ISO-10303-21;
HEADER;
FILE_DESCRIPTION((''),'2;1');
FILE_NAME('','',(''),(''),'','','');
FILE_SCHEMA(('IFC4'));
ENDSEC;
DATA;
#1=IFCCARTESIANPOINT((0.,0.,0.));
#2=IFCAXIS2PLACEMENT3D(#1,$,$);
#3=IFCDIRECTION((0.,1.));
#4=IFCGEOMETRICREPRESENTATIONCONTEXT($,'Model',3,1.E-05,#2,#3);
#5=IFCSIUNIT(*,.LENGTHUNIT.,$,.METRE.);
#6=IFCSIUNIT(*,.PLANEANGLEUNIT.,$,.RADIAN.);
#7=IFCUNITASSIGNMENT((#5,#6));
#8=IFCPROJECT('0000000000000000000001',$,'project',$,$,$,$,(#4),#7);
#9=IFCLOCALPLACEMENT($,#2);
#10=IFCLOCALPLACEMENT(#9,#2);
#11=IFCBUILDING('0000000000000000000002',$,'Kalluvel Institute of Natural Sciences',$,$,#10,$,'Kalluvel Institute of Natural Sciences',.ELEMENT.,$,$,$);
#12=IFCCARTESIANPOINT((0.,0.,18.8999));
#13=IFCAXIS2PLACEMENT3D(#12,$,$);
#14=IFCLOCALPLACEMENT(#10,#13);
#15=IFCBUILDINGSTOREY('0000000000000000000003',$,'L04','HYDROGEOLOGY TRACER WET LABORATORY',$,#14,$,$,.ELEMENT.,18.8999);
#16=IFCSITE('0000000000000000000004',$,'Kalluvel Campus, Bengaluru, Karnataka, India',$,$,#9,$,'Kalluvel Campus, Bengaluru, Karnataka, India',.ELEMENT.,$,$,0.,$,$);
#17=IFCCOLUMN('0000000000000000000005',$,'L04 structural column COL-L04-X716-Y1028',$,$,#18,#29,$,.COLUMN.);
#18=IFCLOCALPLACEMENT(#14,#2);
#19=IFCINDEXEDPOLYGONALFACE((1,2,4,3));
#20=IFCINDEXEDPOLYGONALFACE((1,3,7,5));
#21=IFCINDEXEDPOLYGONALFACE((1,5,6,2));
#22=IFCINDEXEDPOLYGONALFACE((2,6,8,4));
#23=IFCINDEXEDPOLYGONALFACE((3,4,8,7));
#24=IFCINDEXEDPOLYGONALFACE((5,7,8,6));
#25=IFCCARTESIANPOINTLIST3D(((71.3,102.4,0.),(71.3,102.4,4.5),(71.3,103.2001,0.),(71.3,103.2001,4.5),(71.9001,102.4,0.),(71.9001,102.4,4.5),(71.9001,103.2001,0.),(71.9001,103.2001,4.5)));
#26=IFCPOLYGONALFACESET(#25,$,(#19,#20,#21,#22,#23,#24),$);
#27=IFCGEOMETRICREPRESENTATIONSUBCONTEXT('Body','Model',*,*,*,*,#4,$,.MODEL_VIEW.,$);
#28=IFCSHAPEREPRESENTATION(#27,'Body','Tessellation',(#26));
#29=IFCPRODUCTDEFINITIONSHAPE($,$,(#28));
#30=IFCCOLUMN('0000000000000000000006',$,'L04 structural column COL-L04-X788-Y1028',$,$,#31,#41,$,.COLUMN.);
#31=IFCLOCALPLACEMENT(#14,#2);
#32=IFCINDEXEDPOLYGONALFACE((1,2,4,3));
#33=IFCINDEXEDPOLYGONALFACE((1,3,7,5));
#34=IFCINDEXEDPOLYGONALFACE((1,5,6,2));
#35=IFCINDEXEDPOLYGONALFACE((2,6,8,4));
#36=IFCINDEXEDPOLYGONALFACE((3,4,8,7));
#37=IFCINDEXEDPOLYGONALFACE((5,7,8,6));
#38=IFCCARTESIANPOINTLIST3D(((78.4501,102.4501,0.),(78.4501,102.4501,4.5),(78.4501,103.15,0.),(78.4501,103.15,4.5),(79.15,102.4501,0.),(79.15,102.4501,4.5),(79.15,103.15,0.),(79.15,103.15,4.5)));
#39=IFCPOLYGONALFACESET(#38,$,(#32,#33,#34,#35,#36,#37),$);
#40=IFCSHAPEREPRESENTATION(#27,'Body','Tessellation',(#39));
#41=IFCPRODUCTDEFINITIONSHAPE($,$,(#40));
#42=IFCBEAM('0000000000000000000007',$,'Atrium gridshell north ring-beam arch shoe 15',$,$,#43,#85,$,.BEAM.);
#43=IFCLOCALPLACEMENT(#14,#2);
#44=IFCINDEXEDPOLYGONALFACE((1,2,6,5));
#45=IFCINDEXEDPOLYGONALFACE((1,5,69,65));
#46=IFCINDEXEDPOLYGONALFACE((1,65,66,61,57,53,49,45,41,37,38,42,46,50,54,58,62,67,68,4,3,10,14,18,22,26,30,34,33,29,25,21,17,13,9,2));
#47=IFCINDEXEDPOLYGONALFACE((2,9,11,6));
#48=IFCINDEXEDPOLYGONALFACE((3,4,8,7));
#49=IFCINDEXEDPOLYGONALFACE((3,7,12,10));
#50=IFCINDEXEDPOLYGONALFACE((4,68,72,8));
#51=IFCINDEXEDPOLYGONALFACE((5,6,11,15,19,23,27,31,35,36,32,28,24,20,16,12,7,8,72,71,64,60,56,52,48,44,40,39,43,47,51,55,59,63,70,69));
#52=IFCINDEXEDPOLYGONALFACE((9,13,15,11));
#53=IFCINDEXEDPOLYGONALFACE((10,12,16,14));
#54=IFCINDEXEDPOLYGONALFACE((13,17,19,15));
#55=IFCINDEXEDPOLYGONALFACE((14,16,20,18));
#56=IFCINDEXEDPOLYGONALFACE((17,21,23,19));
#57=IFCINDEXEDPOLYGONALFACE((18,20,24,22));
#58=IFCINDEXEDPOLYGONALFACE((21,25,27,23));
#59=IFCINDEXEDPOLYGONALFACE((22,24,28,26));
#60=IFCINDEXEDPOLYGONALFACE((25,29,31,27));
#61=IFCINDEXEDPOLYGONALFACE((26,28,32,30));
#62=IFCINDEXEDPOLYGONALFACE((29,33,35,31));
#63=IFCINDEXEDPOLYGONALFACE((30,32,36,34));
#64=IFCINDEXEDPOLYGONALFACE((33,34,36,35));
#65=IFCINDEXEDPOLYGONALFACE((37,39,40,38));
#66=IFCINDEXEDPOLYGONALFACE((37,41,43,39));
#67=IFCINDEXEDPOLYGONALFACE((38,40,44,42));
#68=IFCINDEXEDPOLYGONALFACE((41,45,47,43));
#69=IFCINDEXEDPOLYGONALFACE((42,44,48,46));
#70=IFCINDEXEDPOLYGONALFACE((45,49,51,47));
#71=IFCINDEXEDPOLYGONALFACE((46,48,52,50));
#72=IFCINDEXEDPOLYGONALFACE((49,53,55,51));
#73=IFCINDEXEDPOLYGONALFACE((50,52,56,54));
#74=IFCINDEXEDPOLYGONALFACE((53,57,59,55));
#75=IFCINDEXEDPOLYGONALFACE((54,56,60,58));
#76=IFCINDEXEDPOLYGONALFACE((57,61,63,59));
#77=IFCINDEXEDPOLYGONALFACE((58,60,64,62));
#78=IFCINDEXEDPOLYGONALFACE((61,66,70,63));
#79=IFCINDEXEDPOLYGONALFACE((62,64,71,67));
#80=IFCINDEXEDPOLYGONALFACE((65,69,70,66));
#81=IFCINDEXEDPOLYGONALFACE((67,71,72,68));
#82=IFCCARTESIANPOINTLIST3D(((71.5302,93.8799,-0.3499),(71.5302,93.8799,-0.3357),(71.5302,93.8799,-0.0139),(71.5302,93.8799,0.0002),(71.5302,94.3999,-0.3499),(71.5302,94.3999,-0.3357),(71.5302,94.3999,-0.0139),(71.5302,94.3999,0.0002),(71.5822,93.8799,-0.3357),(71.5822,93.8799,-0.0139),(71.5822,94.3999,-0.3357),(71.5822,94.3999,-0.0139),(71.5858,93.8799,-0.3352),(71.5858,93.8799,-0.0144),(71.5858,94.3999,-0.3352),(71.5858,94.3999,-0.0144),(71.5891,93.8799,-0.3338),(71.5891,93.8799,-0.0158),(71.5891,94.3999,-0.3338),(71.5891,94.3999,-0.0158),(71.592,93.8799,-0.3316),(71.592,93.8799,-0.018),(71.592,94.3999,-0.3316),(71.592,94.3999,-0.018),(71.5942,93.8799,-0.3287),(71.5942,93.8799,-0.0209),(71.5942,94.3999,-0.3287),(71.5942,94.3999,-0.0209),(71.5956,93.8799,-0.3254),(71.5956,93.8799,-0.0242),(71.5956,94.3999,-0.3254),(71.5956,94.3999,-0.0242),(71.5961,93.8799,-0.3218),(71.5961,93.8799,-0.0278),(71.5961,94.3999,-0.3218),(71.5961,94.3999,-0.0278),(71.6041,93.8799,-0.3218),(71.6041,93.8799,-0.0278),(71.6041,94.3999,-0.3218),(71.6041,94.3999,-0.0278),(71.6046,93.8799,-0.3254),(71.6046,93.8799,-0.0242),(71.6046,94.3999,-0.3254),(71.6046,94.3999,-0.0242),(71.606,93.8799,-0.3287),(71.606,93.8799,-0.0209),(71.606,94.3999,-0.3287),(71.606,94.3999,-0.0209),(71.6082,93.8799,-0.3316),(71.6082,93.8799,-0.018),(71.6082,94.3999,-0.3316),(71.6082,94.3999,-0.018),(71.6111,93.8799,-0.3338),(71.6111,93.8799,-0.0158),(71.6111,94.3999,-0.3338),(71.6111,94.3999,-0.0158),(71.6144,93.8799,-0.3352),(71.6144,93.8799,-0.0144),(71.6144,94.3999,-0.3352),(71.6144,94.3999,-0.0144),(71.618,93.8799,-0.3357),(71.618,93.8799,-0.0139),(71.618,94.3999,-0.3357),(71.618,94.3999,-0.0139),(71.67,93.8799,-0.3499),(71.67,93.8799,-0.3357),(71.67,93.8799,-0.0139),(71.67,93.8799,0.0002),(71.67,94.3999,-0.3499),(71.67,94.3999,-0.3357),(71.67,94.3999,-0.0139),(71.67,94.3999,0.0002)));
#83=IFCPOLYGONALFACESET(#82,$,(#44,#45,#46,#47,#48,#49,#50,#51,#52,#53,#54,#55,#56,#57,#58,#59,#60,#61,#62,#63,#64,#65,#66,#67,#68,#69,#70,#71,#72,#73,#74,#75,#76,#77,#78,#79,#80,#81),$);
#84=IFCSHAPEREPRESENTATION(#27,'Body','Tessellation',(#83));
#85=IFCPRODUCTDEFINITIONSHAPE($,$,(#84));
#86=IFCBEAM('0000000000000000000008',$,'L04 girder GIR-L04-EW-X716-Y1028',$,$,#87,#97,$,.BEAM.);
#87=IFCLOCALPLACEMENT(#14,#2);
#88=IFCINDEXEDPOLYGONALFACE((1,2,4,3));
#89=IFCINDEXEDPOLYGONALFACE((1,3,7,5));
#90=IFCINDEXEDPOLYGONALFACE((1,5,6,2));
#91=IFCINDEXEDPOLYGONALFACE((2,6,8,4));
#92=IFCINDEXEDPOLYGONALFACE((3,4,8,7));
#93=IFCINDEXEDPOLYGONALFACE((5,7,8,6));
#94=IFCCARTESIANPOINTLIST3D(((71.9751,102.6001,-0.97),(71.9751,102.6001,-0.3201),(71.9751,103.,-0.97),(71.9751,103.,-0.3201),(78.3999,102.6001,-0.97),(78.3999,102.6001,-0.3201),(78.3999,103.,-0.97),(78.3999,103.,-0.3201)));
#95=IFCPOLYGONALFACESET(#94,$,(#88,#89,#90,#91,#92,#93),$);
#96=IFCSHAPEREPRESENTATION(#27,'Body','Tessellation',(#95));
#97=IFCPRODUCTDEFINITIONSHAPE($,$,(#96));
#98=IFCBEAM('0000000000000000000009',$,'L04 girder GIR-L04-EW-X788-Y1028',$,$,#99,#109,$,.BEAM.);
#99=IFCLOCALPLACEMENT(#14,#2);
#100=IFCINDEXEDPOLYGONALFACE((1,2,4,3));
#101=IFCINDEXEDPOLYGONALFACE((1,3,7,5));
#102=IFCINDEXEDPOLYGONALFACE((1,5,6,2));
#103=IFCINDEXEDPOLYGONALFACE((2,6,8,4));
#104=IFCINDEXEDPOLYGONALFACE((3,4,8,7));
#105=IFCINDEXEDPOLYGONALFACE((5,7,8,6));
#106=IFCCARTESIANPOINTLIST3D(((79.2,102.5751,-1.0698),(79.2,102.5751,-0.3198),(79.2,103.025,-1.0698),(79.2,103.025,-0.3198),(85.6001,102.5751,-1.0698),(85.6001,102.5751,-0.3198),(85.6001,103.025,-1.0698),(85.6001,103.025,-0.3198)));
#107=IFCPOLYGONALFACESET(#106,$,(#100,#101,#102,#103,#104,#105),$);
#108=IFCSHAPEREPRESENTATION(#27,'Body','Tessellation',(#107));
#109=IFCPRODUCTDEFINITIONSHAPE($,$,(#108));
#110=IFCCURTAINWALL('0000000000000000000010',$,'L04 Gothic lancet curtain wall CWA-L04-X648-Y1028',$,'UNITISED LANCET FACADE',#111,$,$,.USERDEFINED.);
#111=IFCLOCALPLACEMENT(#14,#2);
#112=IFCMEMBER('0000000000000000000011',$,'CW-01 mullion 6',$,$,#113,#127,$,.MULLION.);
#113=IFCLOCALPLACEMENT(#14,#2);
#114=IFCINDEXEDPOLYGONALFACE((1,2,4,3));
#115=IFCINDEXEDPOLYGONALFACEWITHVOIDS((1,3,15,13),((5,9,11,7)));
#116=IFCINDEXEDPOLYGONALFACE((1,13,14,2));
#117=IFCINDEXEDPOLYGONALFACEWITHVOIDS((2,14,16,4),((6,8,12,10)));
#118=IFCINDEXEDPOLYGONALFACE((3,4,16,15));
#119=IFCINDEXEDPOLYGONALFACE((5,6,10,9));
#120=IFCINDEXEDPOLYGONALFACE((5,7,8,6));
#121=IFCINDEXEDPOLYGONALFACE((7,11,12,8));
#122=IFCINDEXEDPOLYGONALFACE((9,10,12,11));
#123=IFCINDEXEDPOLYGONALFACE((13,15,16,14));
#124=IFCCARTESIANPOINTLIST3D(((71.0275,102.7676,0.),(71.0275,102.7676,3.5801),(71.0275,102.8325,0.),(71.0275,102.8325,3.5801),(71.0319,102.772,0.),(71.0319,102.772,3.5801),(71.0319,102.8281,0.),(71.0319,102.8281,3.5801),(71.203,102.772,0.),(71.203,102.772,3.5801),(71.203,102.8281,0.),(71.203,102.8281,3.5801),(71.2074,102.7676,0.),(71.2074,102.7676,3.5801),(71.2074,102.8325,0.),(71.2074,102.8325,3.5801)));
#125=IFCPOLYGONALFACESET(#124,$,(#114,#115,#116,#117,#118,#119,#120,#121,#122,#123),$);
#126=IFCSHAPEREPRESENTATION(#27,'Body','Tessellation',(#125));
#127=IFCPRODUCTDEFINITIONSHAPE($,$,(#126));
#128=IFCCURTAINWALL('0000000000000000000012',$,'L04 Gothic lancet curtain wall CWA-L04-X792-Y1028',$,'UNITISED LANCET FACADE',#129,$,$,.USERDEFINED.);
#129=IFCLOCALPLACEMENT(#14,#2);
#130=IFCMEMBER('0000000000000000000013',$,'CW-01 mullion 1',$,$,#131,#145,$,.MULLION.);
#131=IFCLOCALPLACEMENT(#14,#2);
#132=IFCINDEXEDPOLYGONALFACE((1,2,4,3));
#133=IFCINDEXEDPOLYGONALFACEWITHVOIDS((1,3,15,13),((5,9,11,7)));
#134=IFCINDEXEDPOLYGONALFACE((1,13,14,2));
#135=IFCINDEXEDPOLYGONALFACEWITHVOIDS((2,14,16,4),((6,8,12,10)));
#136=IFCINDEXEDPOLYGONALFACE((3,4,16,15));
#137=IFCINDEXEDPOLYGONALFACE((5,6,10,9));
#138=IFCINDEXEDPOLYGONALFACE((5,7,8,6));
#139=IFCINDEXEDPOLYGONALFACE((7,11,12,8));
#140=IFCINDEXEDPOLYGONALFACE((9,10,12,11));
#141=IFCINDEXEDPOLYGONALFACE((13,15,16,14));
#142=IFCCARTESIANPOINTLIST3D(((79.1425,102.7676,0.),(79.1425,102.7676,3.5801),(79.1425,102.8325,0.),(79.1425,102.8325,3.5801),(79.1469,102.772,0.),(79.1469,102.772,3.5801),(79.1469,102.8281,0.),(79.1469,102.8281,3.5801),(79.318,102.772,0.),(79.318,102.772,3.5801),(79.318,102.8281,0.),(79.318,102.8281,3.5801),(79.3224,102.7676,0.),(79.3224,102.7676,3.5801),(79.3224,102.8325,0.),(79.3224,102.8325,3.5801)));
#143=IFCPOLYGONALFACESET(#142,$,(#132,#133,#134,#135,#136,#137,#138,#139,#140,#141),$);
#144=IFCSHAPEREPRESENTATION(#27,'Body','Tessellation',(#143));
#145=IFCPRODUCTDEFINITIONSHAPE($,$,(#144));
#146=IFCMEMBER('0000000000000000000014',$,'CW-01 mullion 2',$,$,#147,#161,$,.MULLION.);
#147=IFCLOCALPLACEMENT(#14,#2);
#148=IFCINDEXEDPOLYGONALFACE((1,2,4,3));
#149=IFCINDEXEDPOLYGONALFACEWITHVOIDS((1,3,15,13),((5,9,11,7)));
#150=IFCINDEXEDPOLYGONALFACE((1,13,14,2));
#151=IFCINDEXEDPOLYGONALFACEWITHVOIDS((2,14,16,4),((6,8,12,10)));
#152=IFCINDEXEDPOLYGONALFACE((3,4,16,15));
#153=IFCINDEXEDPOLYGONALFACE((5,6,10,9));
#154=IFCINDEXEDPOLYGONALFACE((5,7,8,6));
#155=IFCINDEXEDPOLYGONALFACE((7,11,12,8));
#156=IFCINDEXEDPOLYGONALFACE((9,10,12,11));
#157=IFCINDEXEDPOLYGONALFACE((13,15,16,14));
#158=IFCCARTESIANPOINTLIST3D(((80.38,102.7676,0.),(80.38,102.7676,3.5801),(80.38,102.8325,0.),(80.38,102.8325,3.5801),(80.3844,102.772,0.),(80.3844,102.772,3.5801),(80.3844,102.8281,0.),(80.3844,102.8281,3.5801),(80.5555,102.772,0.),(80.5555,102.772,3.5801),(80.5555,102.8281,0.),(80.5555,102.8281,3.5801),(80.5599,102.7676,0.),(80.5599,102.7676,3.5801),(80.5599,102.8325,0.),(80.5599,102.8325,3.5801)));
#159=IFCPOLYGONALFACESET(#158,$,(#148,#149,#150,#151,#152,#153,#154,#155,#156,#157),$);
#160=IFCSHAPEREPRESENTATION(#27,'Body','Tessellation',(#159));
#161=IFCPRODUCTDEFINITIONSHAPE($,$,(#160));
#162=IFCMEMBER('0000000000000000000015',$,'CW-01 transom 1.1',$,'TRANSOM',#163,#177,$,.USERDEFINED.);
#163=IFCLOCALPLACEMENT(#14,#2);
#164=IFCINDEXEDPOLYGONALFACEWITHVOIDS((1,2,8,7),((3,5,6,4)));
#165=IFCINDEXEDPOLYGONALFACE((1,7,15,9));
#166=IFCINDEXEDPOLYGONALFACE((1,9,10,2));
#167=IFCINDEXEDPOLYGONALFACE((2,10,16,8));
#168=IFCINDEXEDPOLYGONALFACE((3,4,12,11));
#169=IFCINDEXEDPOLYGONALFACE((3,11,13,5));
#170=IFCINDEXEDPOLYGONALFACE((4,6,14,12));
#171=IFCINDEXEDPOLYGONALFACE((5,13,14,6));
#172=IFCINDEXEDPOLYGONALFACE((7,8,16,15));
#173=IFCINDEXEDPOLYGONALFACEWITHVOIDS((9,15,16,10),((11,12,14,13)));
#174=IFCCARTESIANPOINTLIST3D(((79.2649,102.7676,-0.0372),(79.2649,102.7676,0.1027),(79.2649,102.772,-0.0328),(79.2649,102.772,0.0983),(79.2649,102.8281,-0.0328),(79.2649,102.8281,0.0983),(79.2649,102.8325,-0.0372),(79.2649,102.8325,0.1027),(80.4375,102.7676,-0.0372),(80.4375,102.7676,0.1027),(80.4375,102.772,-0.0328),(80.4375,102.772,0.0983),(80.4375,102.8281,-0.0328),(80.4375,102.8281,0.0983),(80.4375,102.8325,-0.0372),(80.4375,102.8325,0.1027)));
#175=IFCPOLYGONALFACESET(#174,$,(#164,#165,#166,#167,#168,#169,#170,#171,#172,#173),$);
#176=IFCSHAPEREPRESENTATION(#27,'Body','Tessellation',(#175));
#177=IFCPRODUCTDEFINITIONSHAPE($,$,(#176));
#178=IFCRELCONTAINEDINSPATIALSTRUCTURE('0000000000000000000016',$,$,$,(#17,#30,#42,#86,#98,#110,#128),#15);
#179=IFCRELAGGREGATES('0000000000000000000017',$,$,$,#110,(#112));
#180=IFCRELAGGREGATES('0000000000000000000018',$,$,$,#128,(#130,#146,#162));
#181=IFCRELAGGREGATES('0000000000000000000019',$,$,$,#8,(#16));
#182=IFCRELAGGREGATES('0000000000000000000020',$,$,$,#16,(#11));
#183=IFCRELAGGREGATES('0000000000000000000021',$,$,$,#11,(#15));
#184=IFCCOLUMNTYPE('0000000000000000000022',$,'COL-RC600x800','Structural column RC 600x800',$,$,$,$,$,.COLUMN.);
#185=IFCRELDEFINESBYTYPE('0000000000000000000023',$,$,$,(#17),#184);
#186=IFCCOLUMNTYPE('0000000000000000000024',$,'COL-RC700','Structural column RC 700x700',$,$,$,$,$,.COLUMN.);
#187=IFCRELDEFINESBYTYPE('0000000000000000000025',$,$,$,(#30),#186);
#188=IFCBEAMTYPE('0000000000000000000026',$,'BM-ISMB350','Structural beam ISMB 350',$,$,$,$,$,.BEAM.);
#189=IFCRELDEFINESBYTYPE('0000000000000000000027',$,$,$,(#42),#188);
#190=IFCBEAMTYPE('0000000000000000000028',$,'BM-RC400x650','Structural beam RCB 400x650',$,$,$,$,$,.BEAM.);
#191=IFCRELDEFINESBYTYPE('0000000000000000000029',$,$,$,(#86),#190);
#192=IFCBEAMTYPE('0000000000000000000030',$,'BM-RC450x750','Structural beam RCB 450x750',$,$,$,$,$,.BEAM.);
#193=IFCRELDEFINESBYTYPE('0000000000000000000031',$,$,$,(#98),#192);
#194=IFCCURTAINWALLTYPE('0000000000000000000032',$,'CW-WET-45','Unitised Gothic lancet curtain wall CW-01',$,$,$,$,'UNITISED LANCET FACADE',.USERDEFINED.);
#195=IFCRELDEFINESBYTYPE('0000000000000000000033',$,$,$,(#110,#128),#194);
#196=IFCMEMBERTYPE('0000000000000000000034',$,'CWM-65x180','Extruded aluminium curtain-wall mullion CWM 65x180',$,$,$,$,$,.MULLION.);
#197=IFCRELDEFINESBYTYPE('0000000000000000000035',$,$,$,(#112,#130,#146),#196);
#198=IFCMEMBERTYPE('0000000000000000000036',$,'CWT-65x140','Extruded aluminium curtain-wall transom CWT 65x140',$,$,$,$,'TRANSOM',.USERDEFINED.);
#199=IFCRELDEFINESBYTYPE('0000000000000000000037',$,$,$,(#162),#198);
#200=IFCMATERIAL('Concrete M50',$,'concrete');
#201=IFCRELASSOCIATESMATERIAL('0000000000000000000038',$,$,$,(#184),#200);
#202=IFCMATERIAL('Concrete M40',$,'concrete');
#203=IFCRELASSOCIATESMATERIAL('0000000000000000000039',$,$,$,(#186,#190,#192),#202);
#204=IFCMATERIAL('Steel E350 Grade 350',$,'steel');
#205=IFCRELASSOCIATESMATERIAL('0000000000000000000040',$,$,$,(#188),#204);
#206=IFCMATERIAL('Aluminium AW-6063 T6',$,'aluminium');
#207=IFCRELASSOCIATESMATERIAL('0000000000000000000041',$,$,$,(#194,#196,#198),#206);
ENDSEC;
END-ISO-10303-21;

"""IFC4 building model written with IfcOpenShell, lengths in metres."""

from ifc_helpers import new_model, si_unit, direction, frame, origin, origin_2d, place, context, subcontext, project, spatial, rectangle, hollow_rectangle, i_section, extrude, material, material_profile, profile_set, type_object, element, aggregate, save


model = new_model("IFC4")

# Units and contexts
model_context = context("Model", 3, precision=1e-05, world=origin(), true_north=direction((0.0, 1.0)))
body_context = subcontext(model_context, "Body", "Model", "MODEL_VIEW")
ifc_project = project(units=[si_unit("LENGTHUNIT", "METRE"), si_unit("PLANEANGLEUNIT", "RADIAN")], contexts=[model_context])

# Site, building, storey
site_placement = place(None, origin())
site = spatial("IfcSite", under=ifc_project, at=site_placement, Name="Kalluvel Campus, Bengaluru, Karnataka, India", LongName="Kalluvel Campus, Bengaluru, Karnataka, India", CompositionType="ELEMENT", RefElevation=0.0)
building_placement = place(site_placement, origin())
building = spatial("IfcBuilding", under=site, at=building_placement, Name="Kalluvel Institute of Natural Sciences", LongName="Kalluvel Institute of Natural Sciences", CompositionType="ELEMENT")
storey_placement = place(building_placement, frame((0.0, 0.0, 18.8999)))
storey = spatial("IfcBuildingStorey", under=building, at=storey_placement, Name="L04", Description="HYDROGEOLOGY TRACER WET LABORATORY", CompositionType="ELEMENT", Elevation=18.8999)

# Columns
ifc_material_1 = material(Name="Concrete M50", Category="concrete")
ifc_material_profile_1 = material_profile(ifc_material_1, rectangle(XDim=0.6001, YDim=0.8, at=origin_2d()), Name="RC 600x800")
ifc_profile_set_1 = profile_set([ifc_material_profile_1], Name="Concrete M50")
column_type_1 = type_object("IfcColumnType", Name="COL-RC600x800", Description="Structural column RC 600x800", PredefinedType="COLUMN", material=ifc_profile_set_1)
column_1_placement = place(storey_placement, frame((71.6001, 102.8, 0.0), z_axis=(0.0, 0.0, 1.0), x_axis=(1.0, 0.0, 0.0)))
element("IfcColumn", 1, at=column_1_placement, inside=storey, type_object=column_type_1, Name="L04 structural column COL-L04-X716-Y1028", PredefinedType="COLUMN", context=body_context, shape_type="SweptSolid", body=[
    extrude(rectangle(XDim=0.6001, YDim=0.8, at=origin_2d()), origin(), (0.0, 0.0, 1.0), 4.5),
])
ifc_material_2 = material(Name="Concrete M40", Category="concrete")
ifc_material_profile_2 = material_profile(ifc_material_2, rectangle(XDim=0.7, YDim=0.7, at=origin_2d()), Name="RC 700x700")
ifc_profile_set_2 = profile_set([ifc_material_profile_2], Name="Concrete M40")
column_type_2 = type_object("IfcColumnType", Name="COL-RC700", Description="Structural column RC 700x700", PredefinedType="COLUMN", material=ifc_profile_set_2)
column_2_placement = place(storey_placement, frame((78.8, 102.8, 0.0), z_axis=(0.0, 0.0, 1.0), x_axis=(1.0, 0.0, 0.0)))
element("IfcColumn", 2, at=column_2_placement, inside=storey, type_object=column_type_2, Name="L04 structural column COL-L04-X788-Y1028", PredefinedType="COLUMN", context=body_context, shape_type="SweptSolid", body=[
    extrude(rectangle(XDim=0.7, YDim=0.7, at=origin_2d()), origin(), (0.0, 0.0, 1.0), 4.5),
])

# Beams
ifc_material_3 = material(Name="Steel E350 Grade 350", Category="steel")
ifc_material_profile_3 = material_profile(ifc_material_3, i_section(OverallWidth=0.1399, OverallDepth=0.3501, WebThickness=0.0081, FlangeThickness=0.0142, FilletRadius=0.0139, at=origin_2d()), Name="ISMB 350")
ifc_profile_set_3 = profile_set([ifc_material_profile_3], Name="Steel E350 Grade 350")
beam_type_1 = type_object("IfcBeamType", Name="BM-ISMB350", Description="Structural beam ISMB 350", PredefinedType="BEAM", material=ifc_profile_set_3)
beam_1_placement = place(storey_placement, frame((71.6001, 93.8799, -0.1748), z_axis=(0.0, 1.0, 0.0), x_axis=(-1.0, 0.0, 0.0)))
element("IfcBeam", 3, at=beam_1_placement, inside=storey, type_object=beam_type_1, Name="Atrium gridshell north ring-beam arch shoe 15", PredefinedType="BEAM", context=body_context, shape_type="SweptSolid", body=[
    extrude(i_section(OverallWidth=0.1399, OverallDepth=0.3501, WebThickness=0.0081, FlangeThickness=0.0142, FilletRadius=0.0139, at=origin_2d()), origin(), (0.0, 0.0, 1.0), 0.52),
])
ifc_material_profile_4 = material_profile(ifc_material_2, rectangle(XDim=0.3999, YDim=0.6499, at=origin_2d()), Name="RCB 400x650")
ifc_profile_set_4 = profile_set([ifc_material_profile_4], Name="Concrete M40")
beam_type_2 = type_object("IfcBeamType", Name="BM-RC400x650", Description="Structural beam RCB 400x650", PredefinedType="BEAM", material=ifc_profile_set_4)
beam_2_placement = place(storey_placement, frame((71.9751, 102.8, -0.645), z_axis=(1.0, 0.0, 0.0), x_axis=(0.0, 1.0, 0.0)))
element("IfcBeam", 4, at=beam_2_placement, inside=storey, type_object=beam_type_2, Name="L04 girder GIR-L04-EW-X716-Y1028", PredefinedType="BEAM", context=body_context, shape_type="SweptSolid", body=[
    extrude(rectangle(XDim=0.3999, YDim=0.6499, at=origin_2d()), origin(), (0.0, 0.0, 1.0), 6.4248),
])
ifc_material_profile_5 = material_profile(ifc_material_2, rectangle(XDim=0.45, YDim=0.75, at=origin_2d()), Name="RCB 450x750")
ifc_profile_set_5 = profile_set([ifc_material_profile_5], Name="Concrete M40")
beam_type_3 = type_object("IfcBeamType", Name="BM-RC450x750", Description="Structural beam RCB 450x750", PredefinedType="BEAM", material=ifc_profile_set_5)
beam_3_placement = place(storey_placement, frame((79.2, 102.8, -0.6948), z_axis=(1.0, 0.0, 0.0), x_axis=(0.0, 1.0, 0.0)))
element("IfcBeam", 5, at=beam_3_placement, inside=storey, type_object=beam_type_3, Name="L04 girder GIR-L04-EW-X788-Y1028", PredefinedType="BEAM", context=body_context, shape_type="SweptSolid", body=[
    extrude(rectangle(XDim=0.45, YDim=0.75, at=origin_2d()), origin(), (0.0, 0.0, 1.0), 6.4001),
])

# Curtain wall, member
ifc_material_4 = material(Name="Aluminium AW-6063 T6", Category="aluminium")
curtain_wall_type = type_object("IfcCurtainWallType", Name="CW-WET-45", Description="Unitised Gothic lancet curtain wall CW-01", ElementType="UNITISED LANCET FACADE", PredefinedType="USERDEFINED", material=ifc_material_4)
curtain_wall_1_placement = place(storey_placement, origin())
curtain_wall_1 = element("IfcCurtainWall", 6, at=curtain_wall_1_placement, inside=storey, type_object=curtain_wall_type, Name="L04 Gothic lancet curtain wall CWA-L04-X648-Y1028", ObjectType="UNITISED LANCET FACADE", PredefinedType="USERDEFINED")
ifc_material_profile_6 = material_profile(ifc_material_4, hollow_rectangle(XDim=0.0649, YDim=0.1799, WallThickness=0.0044, at=origin_2d()), Name="CWM 65x180")
ifc_profile_set_6 = profile_set([ifc_material_profile_6], Name="Aluminium AW-6063 T6")
member_type_1 = type_object("IfcMemberType", Name="CWM-65x180", Description="Extruded aluminium curtain-wall mullion CWM 65x180", PredefinedType="MULLION", material=ifc_profile_set_6)
member_1_placement = place(storey_placement, frame((71.1174, 102.8, 0.0), z_axis=(0.0, 0.0, 1.0), x_axis=(0.0, 1.0, 0.0)))
member_1 = element("IfcMember", 7, at=member_1_placement, type_object=member_type_1, Name="CW-01 mullion 6", PredefinedType="MULLION", context=body_context, shape_type="SweptSolid", body=[
    extrude(hollow_rectangle(XDim=0.0649, YDim=0.1799, WallThickness=0.0044, at=origin_2d()), origin(), (0.0, 0.0, 1.0), 3.5801),
])
aggregate(curtain_wall_1, [member_1])

# Curtain wall, members
curtain_wall_2_placement = place(storey_placement, origin())
curtain_wall_2 = element("IfcCurtainWall", 8, at=curtain_wall_2_placement, inside=storey, type_object=curtain_wall_type, Name="L04 Gothic lancet curtain wall CWA-L04-X792-Y1028", ObjectType="UNITISED LANCET FACADE", PredefinedType="USERDEFINED")
member_2_placement = place(storey_placement, frame((79.2324, 102.8, 0.0), z_axis=(0.0, 0.0, 1.0), x_axis=(0.0, 1.0, 0.0)))
member_2 = element("IfcMember", 9, at=member_2_placement, type_object=member_type_1, Name="CW-01 mullion 1", PredefinedType="MULLION", context=body_context, shape_type="SweptSolid", body=[
    extrude(hollow_rectangle(XDim=0.0649, YDim=0.1799, WallThickness=0.0044, at=origin_2d()), origin(), (0.0, 0.0, 1.0), 3.5801),
])
member_3_placement = place(storey_placement, frame((80.47, 102.8, 0.0), z_axis=(0.0, 0.0, 1.0), x_axis=(0.0, 1.0, 0.0)))
member_3 = element("IfcMember", 10, at=member_3_placement, type_object=member_type_1, Name="CW-01 mullion 2", PredefinedType="MULLION", context=body_context, shape_type="SweptSolid", body=[
    extrude(hollow_rectangle(XDim=0.0649, YDim=0.1799, WallThickness=0.0044, at=origin_2d()), origin(), (0.0, 0.0, 1.0), 3.5801),
])
ifc_material_profile_7 = material_profile(ifc_material_4, hollow_rectangle(XDim=0.0649, YDim=0.1399, WallThickness=0.0044, at=origin_2d()), Name="CWT 65x140")
ifc_profile_set_7 = profile_set([ifc_material_profile_7], Name="Aluminium AW-6063 T6")
member_type_2 = type_object("IfcMemberType", Name="CWT-65x140", Description="Extruded aluminium curtain-wall transom CWT 65x140", ElementType="TRANSOM", PredefinedType="USERDEFINED", material=ifc_profile_set_7)
member_4_placement = place(storey_placement, frame((79.2649, 102.8, 0.0327), z_axis=(1.0, 0.0, 0.0), x_axis=(0.0, 1.0, 0.0)))
member_4 = element("IfcMember", 11, at=member_4_placement, type_object=member_type_2, Name="CW-01 transom 1.1", ObjectType="TRANSOM", PredefinedType="USERDEFINED", context=body_context, shape_type="SweptSolid", body=[
    extrude(hollow_rectangle(XDim=0.0649, YDim=0.1399, WallThickness=0.0044, at=origin_2d()), origin(), (0.0, 0.0, 1.0), 1.1726),
])

aggregate(curtain_wall_2, [member_2, member_3, member_4])

save(model, "model.ifc")
